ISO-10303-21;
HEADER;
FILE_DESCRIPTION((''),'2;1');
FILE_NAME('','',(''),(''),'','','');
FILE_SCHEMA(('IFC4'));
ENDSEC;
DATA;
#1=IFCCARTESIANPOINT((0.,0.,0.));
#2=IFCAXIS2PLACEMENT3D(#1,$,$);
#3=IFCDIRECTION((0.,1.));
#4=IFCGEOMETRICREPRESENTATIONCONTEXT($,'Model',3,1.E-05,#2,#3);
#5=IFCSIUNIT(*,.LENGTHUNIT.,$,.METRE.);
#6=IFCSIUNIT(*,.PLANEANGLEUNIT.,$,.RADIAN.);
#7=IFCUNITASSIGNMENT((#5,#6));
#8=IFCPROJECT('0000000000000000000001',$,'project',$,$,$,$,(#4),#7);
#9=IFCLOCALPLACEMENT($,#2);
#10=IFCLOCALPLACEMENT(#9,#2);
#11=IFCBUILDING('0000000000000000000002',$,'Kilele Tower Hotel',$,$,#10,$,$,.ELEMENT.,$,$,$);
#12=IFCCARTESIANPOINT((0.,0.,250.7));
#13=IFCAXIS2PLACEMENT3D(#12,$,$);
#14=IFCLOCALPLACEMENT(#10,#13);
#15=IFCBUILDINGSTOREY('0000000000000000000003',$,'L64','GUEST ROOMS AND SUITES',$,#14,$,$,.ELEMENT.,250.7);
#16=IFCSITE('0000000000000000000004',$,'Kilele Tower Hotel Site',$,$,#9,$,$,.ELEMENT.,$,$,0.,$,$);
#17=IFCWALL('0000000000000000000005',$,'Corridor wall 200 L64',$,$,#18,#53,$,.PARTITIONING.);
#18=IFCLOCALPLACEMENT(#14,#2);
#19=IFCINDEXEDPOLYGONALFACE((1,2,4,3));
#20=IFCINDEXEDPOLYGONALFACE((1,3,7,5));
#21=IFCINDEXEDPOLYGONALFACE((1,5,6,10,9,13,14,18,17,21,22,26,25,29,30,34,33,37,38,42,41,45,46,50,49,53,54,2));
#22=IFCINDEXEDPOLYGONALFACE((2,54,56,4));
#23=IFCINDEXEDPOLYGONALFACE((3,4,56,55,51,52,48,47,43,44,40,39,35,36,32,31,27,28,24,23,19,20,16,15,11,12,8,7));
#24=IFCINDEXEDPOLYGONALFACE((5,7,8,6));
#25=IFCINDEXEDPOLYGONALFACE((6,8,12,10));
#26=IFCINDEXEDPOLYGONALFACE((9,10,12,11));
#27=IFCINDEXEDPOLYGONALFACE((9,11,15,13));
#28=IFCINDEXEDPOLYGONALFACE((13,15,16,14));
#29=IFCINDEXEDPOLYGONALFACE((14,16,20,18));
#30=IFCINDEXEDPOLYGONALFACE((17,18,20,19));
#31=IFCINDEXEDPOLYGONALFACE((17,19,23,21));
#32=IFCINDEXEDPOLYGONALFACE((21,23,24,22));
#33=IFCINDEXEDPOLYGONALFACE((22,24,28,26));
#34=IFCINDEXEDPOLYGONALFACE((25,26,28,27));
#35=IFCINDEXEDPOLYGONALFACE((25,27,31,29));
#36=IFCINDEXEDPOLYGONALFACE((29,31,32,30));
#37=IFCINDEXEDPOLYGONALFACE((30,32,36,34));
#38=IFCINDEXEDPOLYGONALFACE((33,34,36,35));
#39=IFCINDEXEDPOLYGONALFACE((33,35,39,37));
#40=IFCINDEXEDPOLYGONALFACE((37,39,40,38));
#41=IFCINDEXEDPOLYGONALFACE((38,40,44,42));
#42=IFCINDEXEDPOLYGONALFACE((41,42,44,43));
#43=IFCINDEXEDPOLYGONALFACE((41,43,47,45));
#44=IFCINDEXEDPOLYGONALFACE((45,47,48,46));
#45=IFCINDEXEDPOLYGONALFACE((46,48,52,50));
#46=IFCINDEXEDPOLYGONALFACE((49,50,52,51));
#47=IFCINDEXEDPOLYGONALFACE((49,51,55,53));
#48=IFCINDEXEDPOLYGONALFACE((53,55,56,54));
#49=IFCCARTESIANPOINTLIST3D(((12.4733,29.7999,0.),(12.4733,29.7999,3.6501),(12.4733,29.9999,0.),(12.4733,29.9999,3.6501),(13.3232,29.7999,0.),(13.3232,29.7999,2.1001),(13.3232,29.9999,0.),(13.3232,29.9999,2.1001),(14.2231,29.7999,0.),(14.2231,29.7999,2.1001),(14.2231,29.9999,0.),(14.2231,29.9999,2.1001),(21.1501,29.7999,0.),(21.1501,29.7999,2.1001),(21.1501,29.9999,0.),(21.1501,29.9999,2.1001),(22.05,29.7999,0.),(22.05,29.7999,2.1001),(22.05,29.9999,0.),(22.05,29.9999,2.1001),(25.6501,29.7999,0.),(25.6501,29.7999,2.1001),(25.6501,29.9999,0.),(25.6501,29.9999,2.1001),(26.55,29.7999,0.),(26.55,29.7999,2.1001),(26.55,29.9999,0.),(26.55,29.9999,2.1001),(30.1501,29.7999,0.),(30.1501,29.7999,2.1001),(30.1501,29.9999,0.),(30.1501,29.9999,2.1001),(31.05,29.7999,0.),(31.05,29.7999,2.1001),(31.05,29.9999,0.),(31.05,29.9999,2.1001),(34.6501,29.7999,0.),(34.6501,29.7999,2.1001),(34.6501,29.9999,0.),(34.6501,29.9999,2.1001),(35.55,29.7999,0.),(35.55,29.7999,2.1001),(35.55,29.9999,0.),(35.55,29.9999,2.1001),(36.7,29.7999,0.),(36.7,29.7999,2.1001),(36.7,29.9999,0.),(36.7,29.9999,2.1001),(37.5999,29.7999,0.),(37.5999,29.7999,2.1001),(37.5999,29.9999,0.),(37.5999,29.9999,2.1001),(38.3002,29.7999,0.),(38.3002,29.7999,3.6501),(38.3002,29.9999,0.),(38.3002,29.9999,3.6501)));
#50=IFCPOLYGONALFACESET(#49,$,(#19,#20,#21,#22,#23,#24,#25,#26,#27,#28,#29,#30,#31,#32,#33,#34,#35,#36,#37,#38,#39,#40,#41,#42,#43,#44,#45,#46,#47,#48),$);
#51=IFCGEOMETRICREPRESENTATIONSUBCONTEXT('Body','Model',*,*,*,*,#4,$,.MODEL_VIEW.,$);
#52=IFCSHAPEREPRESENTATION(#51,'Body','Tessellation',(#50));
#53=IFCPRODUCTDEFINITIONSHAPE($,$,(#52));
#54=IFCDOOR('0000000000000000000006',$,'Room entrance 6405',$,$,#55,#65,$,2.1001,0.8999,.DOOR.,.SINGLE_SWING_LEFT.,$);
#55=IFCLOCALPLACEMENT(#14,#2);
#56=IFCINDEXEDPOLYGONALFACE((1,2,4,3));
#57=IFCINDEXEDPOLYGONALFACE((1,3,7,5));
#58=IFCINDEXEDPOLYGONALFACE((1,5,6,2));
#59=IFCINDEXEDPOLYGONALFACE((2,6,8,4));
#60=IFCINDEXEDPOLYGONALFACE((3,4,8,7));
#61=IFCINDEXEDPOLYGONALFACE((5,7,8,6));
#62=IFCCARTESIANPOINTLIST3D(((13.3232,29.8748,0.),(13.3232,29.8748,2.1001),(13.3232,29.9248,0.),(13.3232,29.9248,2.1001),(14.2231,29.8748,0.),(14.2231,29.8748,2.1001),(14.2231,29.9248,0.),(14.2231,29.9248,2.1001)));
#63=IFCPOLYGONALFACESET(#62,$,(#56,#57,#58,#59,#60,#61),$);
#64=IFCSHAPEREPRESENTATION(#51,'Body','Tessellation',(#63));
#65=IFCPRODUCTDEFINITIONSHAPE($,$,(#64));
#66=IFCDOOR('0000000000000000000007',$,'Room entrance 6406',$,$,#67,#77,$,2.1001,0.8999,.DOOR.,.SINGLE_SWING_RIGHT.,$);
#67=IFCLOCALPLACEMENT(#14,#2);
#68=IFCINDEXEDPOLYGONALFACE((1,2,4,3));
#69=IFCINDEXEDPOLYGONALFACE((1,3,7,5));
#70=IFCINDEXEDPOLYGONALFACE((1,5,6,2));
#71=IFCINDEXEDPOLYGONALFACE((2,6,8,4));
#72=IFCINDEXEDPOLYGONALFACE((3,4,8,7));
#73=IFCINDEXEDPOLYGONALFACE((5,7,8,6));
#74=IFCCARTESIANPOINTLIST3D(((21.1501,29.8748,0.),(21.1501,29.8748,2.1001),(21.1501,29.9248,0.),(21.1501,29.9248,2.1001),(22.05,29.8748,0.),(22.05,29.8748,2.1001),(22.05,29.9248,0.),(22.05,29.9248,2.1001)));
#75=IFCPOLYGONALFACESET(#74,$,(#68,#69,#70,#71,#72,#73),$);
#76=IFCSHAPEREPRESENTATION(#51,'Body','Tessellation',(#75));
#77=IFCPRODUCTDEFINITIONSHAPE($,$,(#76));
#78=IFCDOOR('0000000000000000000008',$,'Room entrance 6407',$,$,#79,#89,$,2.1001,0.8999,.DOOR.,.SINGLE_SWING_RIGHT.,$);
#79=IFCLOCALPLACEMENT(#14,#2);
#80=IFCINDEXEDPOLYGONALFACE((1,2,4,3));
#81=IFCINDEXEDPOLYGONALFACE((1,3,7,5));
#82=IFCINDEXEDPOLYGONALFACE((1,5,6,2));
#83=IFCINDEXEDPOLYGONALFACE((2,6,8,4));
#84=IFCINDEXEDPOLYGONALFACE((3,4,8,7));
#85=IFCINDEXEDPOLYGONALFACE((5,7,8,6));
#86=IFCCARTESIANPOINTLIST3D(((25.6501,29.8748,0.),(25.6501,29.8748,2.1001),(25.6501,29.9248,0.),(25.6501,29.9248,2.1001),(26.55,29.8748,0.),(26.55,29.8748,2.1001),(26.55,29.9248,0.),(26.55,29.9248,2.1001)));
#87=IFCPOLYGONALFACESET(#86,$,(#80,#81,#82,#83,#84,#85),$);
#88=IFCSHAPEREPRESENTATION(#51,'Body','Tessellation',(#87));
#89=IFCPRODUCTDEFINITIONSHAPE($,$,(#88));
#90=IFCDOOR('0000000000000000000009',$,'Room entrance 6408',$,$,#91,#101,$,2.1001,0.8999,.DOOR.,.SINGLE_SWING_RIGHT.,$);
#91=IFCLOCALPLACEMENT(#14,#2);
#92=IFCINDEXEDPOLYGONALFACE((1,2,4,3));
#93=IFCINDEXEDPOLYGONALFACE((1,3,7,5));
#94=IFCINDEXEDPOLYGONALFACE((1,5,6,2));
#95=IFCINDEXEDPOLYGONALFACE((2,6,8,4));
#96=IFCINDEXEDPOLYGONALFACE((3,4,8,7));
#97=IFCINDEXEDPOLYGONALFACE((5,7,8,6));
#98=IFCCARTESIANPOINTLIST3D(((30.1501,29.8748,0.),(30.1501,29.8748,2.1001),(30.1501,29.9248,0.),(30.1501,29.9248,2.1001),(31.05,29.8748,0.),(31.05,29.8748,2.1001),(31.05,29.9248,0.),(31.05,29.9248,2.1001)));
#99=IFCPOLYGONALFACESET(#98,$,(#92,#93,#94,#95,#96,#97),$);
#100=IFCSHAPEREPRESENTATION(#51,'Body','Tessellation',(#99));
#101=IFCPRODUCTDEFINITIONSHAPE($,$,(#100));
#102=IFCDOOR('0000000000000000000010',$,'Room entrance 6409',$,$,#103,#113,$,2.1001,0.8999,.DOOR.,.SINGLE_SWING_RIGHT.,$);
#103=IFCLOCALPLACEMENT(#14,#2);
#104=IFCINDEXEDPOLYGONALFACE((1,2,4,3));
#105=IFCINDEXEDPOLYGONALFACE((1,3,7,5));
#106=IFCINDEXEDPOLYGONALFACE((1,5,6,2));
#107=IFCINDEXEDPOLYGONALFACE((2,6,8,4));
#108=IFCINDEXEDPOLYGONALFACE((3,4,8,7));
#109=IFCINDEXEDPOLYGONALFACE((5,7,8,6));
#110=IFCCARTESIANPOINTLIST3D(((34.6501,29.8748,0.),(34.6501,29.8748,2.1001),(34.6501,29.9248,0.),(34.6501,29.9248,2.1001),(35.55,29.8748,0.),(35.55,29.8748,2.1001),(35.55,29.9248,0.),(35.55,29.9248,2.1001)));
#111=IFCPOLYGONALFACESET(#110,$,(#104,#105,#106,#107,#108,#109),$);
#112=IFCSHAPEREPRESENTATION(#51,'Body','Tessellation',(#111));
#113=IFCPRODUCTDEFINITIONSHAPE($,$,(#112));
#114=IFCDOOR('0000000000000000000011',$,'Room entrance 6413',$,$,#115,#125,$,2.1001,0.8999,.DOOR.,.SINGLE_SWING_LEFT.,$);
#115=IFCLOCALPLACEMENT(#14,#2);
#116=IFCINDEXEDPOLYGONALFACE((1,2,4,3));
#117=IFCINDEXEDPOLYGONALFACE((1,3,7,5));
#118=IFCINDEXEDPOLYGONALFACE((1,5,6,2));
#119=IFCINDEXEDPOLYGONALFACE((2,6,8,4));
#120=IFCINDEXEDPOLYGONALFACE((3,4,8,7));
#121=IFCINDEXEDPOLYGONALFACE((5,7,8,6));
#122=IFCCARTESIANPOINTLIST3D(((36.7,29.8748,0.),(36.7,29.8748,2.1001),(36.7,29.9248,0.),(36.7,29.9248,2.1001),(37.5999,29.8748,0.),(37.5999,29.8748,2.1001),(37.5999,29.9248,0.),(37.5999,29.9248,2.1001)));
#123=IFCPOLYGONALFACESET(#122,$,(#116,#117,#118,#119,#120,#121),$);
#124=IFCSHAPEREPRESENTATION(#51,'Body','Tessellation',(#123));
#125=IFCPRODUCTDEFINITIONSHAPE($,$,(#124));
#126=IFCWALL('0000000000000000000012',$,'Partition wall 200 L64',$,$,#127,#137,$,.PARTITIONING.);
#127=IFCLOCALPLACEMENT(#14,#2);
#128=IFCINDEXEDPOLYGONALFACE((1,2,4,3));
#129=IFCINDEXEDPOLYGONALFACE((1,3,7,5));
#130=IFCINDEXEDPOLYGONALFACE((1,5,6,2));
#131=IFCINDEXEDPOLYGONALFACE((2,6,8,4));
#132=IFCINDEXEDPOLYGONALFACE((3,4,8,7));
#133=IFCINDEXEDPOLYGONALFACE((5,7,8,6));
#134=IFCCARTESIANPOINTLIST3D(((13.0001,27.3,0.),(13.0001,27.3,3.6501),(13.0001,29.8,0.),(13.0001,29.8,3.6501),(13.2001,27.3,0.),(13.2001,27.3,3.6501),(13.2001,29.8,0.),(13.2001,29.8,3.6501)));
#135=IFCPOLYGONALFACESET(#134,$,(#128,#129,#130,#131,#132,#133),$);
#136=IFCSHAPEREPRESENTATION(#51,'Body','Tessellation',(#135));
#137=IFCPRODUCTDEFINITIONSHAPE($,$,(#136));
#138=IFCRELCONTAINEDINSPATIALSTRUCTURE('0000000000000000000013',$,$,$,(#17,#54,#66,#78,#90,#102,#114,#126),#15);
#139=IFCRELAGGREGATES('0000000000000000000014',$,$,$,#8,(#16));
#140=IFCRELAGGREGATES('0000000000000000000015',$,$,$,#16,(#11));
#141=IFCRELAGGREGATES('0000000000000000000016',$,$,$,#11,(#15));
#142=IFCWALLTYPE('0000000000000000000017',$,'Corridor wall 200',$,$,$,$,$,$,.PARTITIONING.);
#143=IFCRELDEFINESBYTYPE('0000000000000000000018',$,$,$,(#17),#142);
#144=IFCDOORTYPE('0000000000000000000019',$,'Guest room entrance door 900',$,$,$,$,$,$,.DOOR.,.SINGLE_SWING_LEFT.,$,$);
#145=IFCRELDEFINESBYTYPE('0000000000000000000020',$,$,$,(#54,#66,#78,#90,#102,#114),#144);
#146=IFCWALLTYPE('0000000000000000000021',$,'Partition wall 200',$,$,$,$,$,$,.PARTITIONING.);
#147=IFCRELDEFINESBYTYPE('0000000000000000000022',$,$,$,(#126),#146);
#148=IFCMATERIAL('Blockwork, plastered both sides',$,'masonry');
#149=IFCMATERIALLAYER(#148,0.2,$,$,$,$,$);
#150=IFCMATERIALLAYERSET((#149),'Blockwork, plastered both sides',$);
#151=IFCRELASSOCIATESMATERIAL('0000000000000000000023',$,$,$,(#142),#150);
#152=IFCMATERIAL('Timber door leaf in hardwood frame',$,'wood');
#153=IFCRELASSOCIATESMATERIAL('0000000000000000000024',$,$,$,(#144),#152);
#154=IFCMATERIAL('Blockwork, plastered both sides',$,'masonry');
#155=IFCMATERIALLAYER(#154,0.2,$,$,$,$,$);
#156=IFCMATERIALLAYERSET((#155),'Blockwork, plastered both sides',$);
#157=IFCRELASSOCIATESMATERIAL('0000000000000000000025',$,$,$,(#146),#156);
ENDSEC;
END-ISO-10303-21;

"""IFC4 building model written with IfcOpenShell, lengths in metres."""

from ifc_helpers import new_model, si_unit, direction, frame, frame_2d, origin, place, context, subcontext, project, spatial, rectangle, extrude, material, layer, layer_set, type_object, element, fill, save


model = new_model("IFC4")

# Units and contexts
model_context = context("Model", 3, precision=1e-05, world=origin(), true_north=direction((0.0, 1.0)))
body_context = subcontext(model_context, "Body", "Model", "MODEL_VIEW")
ifc_project = project(units=[si_unit("LENGTHUNIT", "METRE"), si_unit("PLANEANGLEUNIT", "RADIAN")], contexts=[model_context])

# Site, building, storey
site_placement = place(None, origin())
site = spatial("IfcSite", under=ifc_project, at=site_placement, Name="Kilele Tower Hotel Site", CompositionType="ELEMENT", RefElevation=0.0)
building_placement = place(site_placement, origin())
building = spatial("IfcBuilding", under=site, at=building_placement, Name="Kilele Tower Hotel", CompositionType="ELEMENT")
storey_placement = place(building_placement, frame((0.0, 0.0, 250.7)))
storey = spatial("IfcBuildingStorey", under=building, at=storey_placement, Name="L64", Description="GUEST ROOMS AND SUITES", CompositionType="ELEMENT", Elevation=250.7)

# Wall, openings, doors
ifc_material_1 = material(Name="Blockwork, plastered both sides", Category="masonry")
ifc_layer_1 = layer(ifc_material_1, 0.2)
ifc_layer_set_1 = layer_set([ifc_layer_1], Name="Blockwork, plastered both sides")
wall_type_1 = type_object("IfcWallType", Name="Corridor wall 200", PredefinedType="PARTITIONING", material=ifc_layer_set_1)
wall_1_placement = place(storey_placement, frame((12.4731, 29.8999, 0.0), z_axis=(0.0, 0.0, 1.0), x_axis=(1.0, 0.0, 0.0)))
wall_1 = element("IfcWall", 1, at=wall_1_placement, inside=storey, type_object=wall_type_1, Name="Corridor wall 200 L64", PredefinedType="PARTITIONING", context=body_context, shape_type="SweptSolid", body=[
    extrude(rectangle(XDim=25.8269, YDim=0.2, at=frame_2d((12.9136, 0.0))), origin(), (0.0, 0.0, 1.0), 3.6501),
])
opening_1_placement = place(wall_1_placement, frame((0.8501, 0.0, 0.0)))
opening_1 = element("IfcOpeningElement", 2, at=opening_1_placement, cuts=wall_1, PredefinedType="OPENING", context=body_context, shape_type="SweptSolid", body=[
    extrude(rectangle(XDim=0.8999, YDim=2.1001, at=frame_2d((0.45, 1.05))), frame((0.0, 0.1099, 0.0), z_axis=(0.0, -1.0, 0.0), x_axis=(1.0, 0.0, 0.0)), (0.0, 0.0, 1.0), 0.22),
])
opening_2_placement = place(wall_1_placement, frame((8.677, 0.0, 0.0)))
opening_2 = element("IfcOpeningElement", 3, at=opening_2_placement, cuts=wall_1, PredefinedType="OPENING", context=body_context, shape_type="SweptSolid", body=[
    extrude(rectangle(XDim=0.8999, YDim=2.1001, at=frame_2d((0.45, 1.05))), frame((0.0, 0.1099, 0.0), z_axis=(0.0, -1.0, 0.0), x_axis=(1.0, 0.0, 0.0)), (0.0, 0.0, 1.0), 0.22),
])
opening_3_placement = place(wall_1_placement, frame((13.177, 0.0, 0.0)))
opening_3 = element("IfcOpeningElement", 4, at=opening_3_placement, cuts=wall_1, PredefinedType="OPENING", context=body_context, shape_type="SweptSolid", body=[
    extrude(rectangle(XDim=0.8999, YDim=2.1001, at=frame_2d((0.45, 1.05))), frame((0.0, 0.1099, 0.0), z_axis=(0.0, -1.0, 0.0), x_axis=(1.0, 0.0, 0.0)), (0.0, 0.0, 1.0), 0.22),
])
opening_4_placement = place(wall_1_placement, frame((17.677, 0.0, 0.0)))
opening_4 = element("IfcOpeningElement", 5, at=opening_4_placement, cuts=wall_1, PredefinedType="OPENING", context=body_context, shape_type="SweptSolid", body=[
    extrude(rectangle(XDim=0.8999, YDim=2.1001, at=frame_2d((0.45, 1.05))), frame((0.0, 0.1099, 0.0), z_axis=(0.0, -1.0, 0.0), x_axis=(1.0, 0.0, 0.0)), (0.0, 0.0, 1.0), 0.22),
])
opening_5_placement = place(wall_1_placement, frame((22.177, 0.0, 0.0)))
opening_5 = element("IfcOpeningElement", 6, at=opening_5_placement, cuts=wall_1, PredefinedType="OPENING", context=body_context, shape_type="SweptSolid", body=[
    extrude(rectangle(XDim=0.8999, YDim=2.1001, at=frame_2d((0.45, 1.05))), frame((0.0, 0.1099, 0.0), z_axis=(0.0, -1.0, 0.0), x_axis=(1.0, 0.0, 0.0)), (0.0, 0.0, 1.0), 0.22),
])
opening_6_placement = place(wall_1_placement, frame((24.2268, 0.0, 0.0)))
opening_6 = element("IfcOpeningElement", 7, at=opening_6_placement, cuts=wall_1, PredefinedType="OPENING", context=body_context, shape_type="SweptSolid", body=[
    extrude(rectangle(XDim=0.8999, YDim=2.1001, at=frame_2d((0.45, 1.05))), frame((0.0, 0.1099, 0.0), z_axis=(0.0, -1.0, 0.0), x_axis=(1.0, 0.0, 0.0)), (0.0, 0.0, 1.0), 0.22),
])
ifc_material_2 = material(Name="Timber door leaf in hardwood frame", Category="wood")
door_type_1 = type_object("IfcDoorType", Name="Guest room entrance door 900", OperationType="SINGLE_SWING_LEFT", PredefinedType="DOOR", material=ifc_material_2)
door_1_placement = place(opening_1_placement, origin())
door_1 = element("IfcDoor", 8, at=door_1_placement, inside=storey, type_object=door_type_1, Name="Room entrance 6405", OperationType="SINGLE_SWING_LEFT", OverallHeight=2.1001, OverallWidth=0.8999, PredefinedType="DOOR", context=body_context, shape_type="SweptSolid", body=[
    extrude(rectangle(XDim=0.8999, YDim=2.1001, at=frame_2d((0.45, 1.05))), frame((0.0, 0.0249, 0.0), z_axis=(0.0, -1.0, 0.0), x_axis=(1.0, 0.0, 0.0)), (0.0, 0.0, 1.0), 0.05),
])
fill(opening_1, door_1)
door_2_placement = place(opening_2_placement, origin())
door_2 = element("IfcDoor", 9, at=door_2_placement, inside=storey, type_object=door_type_1, Name="Room entrance 6406", OperationType="SINGLE_SWING_RIGHT", OverallHeight=2.1001, OverallWidth=0.8999, PredefinedType="DOOR", context=body_context, shape_type="SweptSolid", body=[
    extrude(rectangle(XDim=0.8999, YDim=2.1001, at=frame_2d((0.45, 1.05))), frame((0.0, 0.0249, 0.0), z_axis=(0.0, -1.0, 0.0), x_axis=(1.0, 0.0, 0.0)), (0.0, 0.0, 1.0), 0.05),
])
fill(opening_2, door_2)
door_3_placement = place(opening_3_placement, origin())
door_3 = element("IfcDoor", 10, at=door_3_placement, inside=storey, type_object=door_type_1, Name="Room entrance 6407", OperationType="SINGLE_SWING_RIGHT", OverallHeight=2.1001, OverallWidth=0.8999, PredefinedType="DOOR", context=body_context, shape_type="SweptSolid", body=[
    extrude(rectangle(XDim=0.8999, YDim=2.1001, at=frame_2d((0.45, 1.05))), frame((0.0, 0.0249, 0.0), z_axis=(0.0, -1.0, 0.0), x_axis=(1.0, 0.0, 0.0)), (0.0, 0.0, 1.0), 0.05),
])
fill(opening_3, door_3)
door_4_placement = place(opening_4_placement, origin())
door_4 = element("IfcDoor", 11, at=door_4_placement, inside=storey, type_object=door_type_1, Name="Room entrance 6408", OperationType="SINGLE_SWING_RIGHT", OverallHeight=2.1001, OverallWidth=0.8999, PredefinedType="DOOR", context=body_context, shape_type="SweptSolid", body=[
    extrude(rectangle(XDim=0.8999, YDim=2.1001, at=frame_2d((0.45, 1.05))), frame((0.0, 0.0249, 0.0), z_axis=(0.0, -1.0, 0.0), x_axis=(1.0, 0.0, 0.0)), (0.0, 0.0, 1.0), 0.05),
])
fill(opening_4, door_4)
door_5_placement = place(opening_5_placement, origin())
door_5 = element("IfcDoor", 12, at=door_5_placement, inside=storey, type_object=door_type_1, Name="Room entrance 6409", OperationType="SINGLE_SWING_RIGHT", OverallHeight=2.1001, OverallWidth=0.8999, PredefinedType="DOOR", context=body_context, shape_type="SweptSolid", body=[
    extrude(rectangle(XDim=0.8999, YDim=2.1001, at=frame_2d((0.45, 1.05))), frame((0.0, 0.0249, 0.0), z_axis=(0.0, -1.0, 0.0), x_axis=(1.0, 0.0, 0.0)), (0.0, 0.0, 1.0), 0.05),
])
fill(opening_5, door_5)
door_6_placement = place(opening_6_placement, origin())
door_6 = element("IfcDoor", 13, at=door_6_placement, inside=storey, type_object=door_type_1, Name="Room entrance 6413", OperationType="SINGLE_SWING_LEFT", OverallHeight=2.1001, OverallWidth=0.8999, PredefinedType="DOOR", context=body_context, shape_type="SweptSolid", body=[
    extrude(rectangle(XDim=0.8999, YDim=2.1001, at=frame_2d((0.45, 1.05))), frame((0.0, 0.0249, 0.0), z_axis=(0.0, -1.0, 0.0), x_axis=(1.0, 0.0, 0.0)), (0.0, 0.0, 1.0), 0.05),
])
fill(opening_6, door_6)

# Wall
ifc_material_3 = material(Name="Blockwork, plastered both sides", Category="masonry")
ifc_layer_2 = layer(ifc_material_3, 0.2)
ifc_layer_set_2 = layer_set([ifc_layer_2], Name="Blockwork, plastered both sides")
wall_type_2 = type_object("IfcWallType", Name="Partition wall 200", PredefinedType="PARTITIONING", material=ifc_layer_set_2)
wall_2_placement = place(storey_placement, frame((13.1001, 27.3, 0.0), z_axis=(0.0, 0.0, 1.0), x_axis=(0.0, 1.0, 0.0)))
element("IfcWall", 14, at=wall_2_placement, inside=storey, type_object=wall_type_2, Name="Partition wall 200 L64", PredefinedType="PARTITIONING", context=body_context, shape_type="SweptSolid", body=[
    extrude(rectangle(XDim=2.5, YDim=0.2, at=frame_2d((1.25, 0.0))), origin(), (0.0, 0.0, 1.0), 3.6501),
])

save(model, "model.ifc")
